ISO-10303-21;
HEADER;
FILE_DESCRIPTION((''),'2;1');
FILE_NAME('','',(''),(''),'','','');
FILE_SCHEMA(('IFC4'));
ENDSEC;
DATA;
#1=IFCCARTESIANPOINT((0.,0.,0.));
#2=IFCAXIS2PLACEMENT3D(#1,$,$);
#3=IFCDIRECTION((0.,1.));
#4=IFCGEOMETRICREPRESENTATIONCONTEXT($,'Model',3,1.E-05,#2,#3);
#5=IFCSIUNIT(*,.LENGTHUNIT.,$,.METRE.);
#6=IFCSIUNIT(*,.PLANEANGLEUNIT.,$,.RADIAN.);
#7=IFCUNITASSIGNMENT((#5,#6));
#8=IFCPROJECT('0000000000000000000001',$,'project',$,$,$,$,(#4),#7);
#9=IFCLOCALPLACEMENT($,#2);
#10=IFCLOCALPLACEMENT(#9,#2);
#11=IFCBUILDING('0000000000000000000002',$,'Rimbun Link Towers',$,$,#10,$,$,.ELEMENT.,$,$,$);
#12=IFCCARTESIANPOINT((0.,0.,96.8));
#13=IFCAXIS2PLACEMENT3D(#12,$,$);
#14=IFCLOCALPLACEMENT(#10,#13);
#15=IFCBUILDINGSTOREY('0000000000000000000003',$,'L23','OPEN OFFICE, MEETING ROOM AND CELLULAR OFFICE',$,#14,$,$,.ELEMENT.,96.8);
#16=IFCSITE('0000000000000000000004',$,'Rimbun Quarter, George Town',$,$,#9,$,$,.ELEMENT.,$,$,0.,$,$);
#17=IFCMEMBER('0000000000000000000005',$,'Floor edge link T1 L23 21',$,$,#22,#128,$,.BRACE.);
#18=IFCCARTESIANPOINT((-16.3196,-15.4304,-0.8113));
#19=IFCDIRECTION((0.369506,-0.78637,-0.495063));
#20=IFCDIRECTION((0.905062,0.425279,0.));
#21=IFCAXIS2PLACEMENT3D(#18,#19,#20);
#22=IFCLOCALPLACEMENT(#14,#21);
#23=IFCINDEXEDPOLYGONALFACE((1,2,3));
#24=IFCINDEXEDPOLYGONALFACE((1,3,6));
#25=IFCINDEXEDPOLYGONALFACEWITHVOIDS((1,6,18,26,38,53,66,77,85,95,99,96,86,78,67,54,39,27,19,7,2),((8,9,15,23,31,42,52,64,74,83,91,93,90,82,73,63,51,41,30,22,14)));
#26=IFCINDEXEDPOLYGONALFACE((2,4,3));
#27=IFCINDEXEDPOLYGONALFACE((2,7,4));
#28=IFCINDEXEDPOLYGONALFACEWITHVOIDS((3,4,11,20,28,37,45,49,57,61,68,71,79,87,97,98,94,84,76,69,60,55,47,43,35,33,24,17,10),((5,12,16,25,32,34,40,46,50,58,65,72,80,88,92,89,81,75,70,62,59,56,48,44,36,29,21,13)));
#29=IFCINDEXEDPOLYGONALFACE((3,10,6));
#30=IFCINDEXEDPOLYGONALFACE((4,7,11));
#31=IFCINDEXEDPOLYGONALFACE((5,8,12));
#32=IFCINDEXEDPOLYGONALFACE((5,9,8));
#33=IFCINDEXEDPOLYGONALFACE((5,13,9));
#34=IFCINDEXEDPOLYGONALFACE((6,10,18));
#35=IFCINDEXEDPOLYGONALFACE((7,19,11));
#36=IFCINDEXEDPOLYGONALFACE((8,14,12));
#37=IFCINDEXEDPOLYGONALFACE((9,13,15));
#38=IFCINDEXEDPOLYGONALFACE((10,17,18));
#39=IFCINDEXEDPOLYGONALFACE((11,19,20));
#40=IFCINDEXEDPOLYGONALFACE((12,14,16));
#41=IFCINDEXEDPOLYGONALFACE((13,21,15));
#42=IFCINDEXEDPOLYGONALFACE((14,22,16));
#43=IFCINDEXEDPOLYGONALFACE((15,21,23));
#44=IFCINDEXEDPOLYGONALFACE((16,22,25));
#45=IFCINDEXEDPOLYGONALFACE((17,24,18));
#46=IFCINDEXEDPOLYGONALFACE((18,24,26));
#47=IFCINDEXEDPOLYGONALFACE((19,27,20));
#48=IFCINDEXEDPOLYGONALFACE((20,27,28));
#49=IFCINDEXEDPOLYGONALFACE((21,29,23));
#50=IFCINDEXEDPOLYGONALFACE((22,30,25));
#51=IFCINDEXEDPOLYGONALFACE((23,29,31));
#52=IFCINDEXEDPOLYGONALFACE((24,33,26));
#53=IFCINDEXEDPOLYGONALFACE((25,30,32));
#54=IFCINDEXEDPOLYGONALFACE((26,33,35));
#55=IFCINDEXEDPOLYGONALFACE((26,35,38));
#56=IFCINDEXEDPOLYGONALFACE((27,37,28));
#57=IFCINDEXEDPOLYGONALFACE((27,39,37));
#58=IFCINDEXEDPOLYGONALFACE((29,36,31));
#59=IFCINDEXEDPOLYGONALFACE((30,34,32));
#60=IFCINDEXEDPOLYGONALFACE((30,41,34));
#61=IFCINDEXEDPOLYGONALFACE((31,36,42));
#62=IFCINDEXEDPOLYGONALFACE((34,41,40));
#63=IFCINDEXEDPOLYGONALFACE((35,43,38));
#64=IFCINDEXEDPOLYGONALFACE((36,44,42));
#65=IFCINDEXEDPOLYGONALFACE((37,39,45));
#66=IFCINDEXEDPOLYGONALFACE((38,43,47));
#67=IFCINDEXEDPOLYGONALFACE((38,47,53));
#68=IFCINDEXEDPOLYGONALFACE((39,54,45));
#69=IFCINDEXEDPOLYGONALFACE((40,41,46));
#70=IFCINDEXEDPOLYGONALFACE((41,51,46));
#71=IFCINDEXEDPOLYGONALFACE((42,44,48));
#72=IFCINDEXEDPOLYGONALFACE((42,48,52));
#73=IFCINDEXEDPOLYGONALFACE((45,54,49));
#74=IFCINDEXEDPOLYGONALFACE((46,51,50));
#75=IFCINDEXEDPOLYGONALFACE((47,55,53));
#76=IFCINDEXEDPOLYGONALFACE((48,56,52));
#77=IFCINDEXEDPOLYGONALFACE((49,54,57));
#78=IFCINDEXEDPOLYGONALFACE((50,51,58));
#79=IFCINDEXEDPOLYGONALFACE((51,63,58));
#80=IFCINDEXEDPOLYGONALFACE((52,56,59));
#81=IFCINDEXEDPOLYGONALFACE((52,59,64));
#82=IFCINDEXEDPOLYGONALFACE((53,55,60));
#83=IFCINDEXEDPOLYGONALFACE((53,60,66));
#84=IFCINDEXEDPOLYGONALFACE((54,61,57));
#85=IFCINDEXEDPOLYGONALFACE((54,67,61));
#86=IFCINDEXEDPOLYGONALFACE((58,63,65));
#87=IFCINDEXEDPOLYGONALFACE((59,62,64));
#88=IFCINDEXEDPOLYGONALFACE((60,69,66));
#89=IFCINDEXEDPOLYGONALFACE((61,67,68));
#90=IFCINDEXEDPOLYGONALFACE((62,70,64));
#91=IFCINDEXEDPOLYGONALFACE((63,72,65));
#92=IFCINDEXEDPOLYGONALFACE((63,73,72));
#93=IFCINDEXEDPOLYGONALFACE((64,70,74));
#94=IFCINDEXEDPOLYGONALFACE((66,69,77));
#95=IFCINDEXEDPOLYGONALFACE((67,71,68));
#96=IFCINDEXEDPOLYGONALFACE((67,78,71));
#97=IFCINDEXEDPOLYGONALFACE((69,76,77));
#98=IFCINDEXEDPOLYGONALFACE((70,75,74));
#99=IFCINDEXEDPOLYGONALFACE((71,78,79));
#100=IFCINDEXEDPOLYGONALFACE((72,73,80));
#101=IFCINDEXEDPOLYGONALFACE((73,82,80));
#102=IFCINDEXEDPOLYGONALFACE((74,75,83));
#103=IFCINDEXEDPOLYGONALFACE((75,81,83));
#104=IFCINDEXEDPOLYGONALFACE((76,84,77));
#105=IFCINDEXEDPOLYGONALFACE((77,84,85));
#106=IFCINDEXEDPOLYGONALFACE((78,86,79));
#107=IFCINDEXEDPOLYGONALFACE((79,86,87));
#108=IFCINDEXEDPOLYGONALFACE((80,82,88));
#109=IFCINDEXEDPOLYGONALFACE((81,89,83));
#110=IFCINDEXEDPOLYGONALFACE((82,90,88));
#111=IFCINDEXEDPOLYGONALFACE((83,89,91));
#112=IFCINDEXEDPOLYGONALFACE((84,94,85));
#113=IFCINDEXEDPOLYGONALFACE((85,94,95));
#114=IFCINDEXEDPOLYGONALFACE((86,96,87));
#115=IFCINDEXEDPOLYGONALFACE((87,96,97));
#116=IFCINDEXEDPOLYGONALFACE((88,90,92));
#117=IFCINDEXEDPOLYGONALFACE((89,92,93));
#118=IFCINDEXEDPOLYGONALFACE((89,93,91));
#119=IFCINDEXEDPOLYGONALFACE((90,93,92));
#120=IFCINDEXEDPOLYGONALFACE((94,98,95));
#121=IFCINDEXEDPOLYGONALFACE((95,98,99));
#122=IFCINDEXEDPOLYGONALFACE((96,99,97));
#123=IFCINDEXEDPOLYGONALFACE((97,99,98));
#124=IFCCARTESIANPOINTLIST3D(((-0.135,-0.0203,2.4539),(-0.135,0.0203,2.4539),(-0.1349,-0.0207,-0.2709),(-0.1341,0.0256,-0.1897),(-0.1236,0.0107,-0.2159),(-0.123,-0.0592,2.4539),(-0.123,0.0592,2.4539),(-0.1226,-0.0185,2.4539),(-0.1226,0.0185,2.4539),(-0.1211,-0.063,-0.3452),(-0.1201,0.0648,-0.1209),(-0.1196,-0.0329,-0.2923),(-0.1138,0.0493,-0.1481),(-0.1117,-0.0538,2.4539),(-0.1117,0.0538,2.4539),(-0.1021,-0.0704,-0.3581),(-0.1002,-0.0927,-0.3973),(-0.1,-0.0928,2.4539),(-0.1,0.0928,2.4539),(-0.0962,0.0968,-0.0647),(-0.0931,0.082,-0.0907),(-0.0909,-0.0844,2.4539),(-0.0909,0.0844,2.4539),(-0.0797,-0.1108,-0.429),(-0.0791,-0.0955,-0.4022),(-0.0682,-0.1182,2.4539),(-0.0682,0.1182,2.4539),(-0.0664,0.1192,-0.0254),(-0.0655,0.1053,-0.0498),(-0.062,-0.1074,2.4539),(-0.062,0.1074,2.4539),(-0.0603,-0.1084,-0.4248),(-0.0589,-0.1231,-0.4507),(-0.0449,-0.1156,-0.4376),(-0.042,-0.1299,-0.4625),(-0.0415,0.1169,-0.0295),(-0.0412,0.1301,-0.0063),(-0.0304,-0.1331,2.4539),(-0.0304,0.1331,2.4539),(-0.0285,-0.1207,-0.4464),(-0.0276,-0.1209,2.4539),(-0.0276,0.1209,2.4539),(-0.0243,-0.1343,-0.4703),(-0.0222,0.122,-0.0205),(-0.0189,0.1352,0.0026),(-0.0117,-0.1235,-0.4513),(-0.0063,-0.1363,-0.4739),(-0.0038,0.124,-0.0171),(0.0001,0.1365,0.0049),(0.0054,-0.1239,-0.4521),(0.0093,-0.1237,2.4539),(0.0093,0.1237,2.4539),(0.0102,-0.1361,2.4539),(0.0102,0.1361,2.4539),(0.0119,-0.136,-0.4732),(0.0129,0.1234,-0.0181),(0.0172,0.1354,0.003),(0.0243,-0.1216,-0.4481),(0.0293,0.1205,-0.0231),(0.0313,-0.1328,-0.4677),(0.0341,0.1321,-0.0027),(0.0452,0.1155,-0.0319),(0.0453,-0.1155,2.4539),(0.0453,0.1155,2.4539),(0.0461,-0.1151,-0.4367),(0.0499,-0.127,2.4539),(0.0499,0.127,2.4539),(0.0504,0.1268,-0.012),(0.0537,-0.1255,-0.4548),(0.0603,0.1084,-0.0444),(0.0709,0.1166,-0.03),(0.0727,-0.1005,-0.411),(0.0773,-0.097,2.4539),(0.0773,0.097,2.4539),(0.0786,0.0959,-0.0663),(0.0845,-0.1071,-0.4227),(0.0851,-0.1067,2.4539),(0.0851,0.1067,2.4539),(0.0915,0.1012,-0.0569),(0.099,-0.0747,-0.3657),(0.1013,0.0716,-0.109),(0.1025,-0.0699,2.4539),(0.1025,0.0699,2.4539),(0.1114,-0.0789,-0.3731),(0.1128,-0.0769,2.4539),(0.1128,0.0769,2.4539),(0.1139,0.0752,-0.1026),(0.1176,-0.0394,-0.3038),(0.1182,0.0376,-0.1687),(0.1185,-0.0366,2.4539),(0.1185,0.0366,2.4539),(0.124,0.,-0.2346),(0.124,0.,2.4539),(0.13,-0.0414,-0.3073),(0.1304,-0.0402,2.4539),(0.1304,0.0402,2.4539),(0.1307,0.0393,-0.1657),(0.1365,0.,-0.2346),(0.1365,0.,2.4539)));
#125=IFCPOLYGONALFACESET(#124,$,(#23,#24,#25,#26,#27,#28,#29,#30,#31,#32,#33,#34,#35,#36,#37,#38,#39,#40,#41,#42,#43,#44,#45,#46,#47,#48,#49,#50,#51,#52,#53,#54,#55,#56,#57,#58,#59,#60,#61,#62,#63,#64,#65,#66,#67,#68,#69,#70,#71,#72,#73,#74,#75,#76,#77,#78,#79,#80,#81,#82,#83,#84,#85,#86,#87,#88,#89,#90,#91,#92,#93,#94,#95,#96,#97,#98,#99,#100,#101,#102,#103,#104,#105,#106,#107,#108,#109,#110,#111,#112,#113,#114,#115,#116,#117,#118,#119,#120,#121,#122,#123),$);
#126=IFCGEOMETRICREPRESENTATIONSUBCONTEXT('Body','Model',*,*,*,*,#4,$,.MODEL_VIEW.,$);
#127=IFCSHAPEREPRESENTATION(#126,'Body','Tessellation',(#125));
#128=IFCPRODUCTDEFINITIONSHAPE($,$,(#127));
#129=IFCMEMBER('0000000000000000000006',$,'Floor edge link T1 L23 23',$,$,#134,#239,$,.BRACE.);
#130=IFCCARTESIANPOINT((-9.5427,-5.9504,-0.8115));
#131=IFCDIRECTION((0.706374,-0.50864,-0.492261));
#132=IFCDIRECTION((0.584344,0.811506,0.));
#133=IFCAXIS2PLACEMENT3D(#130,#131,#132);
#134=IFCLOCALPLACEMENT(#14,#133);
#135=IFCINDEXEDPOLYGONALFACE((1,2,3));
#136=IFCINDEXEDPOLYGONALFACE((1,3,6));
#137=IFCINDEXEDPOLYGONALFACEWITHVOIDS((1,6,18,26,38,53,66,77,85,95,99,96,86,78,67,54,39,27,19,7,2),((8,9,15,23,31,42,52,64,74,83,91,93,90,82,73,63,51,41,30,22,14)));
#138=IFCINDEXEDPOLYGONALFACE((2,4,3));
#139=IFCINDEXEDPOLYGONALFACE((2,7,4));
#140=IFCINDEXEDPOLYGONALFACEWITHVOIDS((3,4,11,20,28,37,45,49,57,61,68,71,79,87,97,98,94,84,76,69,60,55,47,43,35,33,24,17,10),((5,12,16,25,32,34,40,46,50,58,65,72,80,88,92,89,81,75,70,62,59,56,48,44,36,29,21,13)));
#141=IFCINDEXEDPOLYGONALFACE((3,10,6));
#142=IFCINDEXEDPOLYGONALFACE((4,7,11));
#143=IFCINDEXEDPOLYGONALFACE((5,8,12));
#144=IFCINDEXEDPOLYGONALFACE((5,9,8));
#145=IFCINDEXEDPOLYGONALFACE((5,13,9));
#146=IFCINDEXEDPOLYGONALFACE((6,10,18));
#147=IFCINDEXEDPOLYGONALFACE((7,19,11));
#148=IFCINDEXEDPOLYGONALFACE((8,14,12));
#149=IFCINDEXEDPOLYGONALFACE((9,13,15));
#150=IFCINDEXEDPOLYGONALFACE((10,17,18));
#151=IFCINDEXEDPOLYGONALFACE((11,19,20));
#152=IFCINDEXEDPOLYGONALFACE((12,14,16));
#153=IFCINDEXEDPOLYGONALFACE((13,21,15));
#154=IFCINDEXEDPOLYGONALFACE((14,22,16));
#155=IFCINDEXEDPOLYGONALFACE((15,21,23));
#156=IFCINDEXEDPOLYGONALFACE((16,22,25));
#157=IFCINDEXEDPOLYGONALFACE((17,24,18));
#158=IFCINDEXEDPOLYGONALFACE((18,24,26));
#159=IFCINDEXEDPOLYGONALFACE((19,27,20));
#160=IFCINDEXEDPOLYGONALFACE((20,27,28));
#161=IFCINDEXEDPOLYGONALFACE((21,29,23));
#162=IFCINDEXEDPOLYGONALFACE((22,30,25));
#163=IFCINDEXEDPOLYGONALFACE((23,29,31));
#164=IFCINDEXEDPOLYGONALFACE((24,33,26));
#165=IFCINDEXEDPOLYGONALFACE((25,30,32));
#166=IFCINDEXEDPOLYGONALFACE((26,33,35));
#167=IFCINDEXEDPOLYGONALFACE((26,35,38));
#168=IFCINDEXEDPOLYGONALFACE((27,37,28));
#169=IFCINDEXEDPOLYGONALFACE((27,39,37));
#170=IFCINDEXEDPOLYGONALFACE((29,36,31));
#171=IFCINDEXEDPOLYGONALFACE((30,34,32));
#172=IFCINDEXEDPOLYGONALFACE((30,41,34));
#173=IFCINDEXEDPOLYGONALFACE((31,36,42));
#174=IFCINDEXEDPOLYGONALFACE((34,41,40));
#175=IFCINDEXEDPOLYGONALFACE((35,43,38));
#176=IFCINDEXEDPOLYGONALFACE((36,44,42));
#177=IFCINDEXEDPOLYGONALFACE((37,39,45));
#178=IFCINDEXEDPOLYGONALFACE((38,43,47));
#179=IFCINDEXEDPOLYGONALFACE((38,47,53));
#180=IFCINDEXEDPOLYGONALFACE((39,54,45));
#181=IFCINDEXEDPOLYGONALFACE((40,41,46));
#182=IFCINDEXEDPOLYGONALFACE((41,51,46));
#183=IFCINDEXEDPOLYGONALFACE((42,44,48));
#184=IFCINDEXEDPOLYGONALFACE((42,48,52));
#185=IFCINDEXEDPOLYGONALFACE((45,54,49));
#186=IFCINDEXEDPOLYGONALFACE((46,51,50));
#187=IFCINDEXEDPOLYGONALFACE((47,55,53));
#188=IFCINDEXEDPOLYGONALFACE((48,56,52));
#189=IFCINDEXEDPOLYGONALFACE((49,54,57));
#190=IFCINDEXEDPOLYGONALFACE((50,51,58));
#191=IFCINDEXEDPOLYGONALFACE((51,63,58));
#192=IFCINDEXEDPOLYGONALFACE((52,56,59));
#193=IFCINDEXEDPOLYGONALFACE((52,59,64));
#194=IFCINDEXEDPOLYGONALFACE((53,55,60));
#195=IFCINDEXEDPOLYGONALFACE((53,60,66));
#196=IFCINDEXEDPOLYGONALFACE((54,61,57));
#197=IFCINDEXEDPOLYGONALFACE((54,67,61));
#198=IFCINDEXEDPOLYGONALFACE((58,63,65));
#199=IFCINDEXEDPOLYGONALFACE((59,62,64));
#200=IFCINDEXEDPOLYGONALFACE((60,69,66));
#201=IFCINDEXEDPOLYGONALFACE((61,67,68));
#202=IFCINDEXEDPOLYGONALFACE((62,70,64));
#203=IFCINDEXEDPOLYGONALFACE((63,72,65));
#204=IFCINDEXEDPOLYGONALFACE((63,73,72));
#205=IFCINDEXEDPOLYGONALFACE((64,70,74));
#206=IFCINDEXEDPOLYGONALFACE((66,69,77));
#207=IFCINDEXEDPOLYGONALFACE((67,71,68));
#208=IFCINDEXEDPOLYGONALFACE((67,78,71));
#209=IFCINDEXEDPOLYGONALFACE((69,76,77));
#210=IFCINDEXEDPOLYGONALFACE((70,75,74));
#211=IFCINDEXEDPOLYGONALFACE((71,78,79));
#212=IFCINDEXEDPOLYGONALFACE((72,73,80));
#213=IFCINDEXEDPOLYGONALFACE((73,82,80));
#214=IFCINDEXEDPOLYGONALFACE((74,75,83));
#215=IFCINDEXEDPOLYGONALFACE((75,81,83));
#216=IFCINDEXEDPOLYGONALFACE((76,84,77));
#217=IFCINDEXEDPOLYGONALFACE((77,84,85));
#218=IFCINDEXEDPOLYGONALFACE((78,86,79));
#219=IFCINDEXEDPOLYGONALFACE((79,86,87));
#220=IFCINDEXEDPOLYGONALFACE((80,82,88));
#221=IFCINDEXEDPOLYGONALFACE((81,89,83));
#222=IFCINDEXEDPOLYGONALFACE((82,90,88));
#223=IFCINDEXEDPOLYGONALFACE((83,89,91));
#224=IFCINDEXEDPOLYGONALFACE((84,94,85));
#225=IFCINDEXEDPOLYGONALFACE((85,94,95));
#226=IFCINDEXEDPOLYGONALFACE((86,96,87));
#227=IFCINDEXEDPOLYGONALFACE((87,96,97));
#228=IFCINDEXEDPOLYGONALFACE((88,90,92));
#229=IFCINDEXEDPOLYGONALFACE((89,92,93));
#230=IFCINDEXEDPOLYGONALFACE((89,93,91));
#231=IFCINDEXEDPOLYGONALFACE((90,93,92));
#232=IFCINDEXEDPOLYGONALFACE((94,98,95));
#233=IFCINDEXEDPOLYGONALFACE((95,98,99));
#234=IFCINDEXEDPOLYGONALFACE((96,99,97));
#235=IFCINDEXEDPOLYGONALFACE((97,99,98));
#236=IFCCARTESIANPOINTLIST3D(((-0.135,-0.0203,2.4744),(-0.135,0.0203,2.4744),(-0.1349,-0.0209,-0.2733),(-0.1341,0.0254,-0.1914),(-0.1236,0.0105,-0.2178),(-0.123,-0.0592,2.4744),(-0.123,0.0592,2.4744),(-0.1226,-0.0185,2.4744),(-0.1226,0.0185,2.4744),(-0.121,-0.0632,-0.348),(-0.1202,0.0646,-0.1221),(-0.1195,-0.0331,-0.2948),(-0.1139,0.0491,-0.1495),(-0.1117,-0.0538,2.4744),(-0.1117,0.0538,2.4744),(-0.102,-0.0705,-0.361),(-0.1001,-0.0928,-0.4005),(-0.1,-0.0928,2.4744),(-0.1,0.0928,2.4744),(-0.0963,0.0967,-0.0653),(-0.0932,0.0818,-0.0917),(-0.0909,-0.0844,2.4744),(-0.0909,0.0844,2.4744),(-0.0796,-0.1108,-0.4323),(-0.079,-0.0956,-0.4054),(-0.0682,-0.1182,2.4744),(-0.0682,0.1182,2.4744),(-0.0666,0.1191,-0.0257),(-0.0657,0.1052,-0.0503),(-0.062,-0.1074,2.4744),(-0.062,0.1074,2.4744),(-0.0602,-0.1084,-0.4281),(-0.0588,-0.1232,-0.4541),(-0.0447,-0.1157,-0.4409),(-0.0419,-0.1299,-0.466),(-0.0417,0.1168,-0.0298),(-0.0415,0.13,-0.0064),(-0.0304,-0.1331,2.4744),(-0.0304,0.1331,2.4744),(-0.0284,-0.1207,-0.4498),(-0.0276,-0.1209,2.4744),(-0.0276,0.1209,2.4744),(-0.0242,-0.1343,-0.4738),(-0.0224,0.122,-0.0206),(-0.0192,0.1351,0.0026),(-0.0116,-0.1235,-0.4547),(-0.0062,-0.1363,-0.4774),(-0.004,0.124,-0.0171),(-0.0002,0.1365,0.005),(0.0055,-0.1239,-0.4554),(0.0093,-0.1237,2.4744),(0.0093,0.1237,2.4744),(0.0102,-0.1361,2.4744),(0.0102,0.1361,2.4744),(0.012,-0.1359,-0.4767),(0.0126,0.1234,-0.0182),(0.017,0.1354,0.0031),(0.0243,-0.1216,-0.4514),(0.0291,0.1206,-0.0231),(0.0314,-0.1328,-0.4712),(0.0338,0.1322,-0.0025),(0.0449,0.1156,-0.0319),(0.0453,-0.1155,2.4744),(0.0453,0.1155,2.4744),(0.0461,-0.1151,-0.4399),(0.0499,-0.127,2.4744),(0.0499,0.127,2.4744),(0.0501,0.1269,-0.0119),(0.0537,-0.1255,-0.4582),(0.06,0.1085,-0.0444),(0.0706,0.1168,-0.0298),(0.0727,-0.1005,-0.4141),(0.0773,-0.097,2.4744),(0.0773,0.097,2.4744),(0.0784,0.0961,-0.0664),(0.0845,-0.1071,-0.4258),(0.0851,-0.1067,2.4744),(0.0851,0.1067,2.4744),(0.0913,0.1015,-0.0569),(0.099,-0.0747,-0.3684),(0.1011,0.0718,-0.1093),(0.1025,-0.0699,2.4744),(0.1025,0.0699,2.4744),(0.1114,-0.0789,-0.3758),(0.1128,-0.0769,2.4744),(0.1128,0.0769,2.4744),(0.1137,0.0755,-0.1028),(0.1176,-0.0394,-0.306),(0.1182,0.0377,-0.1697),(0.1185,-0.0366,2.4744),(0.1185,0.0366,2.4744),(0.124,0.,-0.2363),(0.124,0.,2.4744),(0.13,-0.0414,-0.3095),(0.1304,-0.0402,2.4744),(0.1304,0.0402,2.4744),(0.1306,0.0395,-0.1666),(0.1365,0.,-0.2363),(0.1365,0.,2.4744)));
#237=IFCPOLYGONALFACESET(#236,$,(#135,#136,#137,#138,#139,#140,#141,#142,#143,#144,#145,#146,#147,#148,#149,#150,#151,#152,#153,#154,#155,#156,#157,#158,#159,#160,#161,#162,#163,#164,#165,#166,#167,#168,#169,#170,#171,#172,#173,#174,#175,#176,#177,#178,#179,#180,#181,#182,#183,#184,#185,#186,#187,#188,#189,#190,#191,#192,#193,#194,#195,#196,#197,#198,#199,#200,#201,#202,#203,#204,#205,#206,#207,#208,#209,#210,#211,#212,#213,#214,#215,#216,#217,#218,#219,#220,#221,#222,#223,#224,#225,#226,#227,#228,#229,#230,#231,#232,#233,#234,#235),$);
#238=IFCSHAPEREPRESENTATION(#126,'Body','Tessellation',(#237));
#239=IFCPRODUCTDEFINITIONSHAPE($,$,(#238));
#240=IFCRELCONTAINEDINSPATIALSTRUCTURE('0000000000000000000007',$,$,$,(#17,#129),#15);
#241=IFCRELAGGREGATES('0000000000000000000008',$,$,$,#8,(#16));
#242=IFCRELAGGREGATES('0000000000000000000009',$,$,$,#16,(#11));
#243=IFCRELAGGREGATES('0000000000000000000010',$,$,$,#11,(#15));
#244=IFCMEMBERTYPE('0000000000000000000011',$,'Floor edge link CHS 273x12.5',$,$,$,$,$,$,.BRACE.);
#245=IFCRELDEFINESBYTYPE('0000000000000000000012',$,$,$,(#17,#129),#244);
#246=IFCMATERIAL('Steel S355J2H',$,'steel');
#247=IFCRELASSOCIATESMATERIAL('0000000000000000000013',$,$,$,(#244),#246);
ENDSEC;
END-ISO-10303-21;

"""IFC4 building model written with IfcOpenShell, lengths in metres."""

from ifc_helpers import new_model, si_unit, direction, frame, origin, origin_2d, place, context, subcontext, project, spatial, hollow_circle, extrude, clip, halfspace, material, material_profile, profile_set, type_object, element, save


model = new_model("IFC4")

# Units and contexts
model_context = context("Model", 3, precision=1e-05, world=origin(), true_north=direction((0.0, 1.0)))
body_context = subcontext(model_context, "Body", "Model", "MODEL_VIEW")
ifc_project = project(units=[si_unit("LENGTHUNIT", "METRE"), si_unit("PLANEANGLEUNIT", "RADIAN")], contexts=[model_context])

# Site, building, storey
site_placement = place(None, origin())
site = spatial("IfcSite", under=ifc_project, at=site_placement, Name="Rimbun Quarter, George Town", CompositionType="ELEMENT", RefElevation=0.0)
building_placement = place(site_placement, origin())
building = spatial("IfcBuilding", under=site, at=building_placement, Name="Rimbun Link Towers", CompositionType="ELEMENT")
storey_placement = place(building_placement, frame((0.0, 0.0, 96.8)))
storey = spatial("IfcBuildingStorey", under=building, at=storey_placement, Name="L23", Description="OPEN OFFICE, MEETING ROOM AND CELLULAR OFFICE", CompositionType="ELEMENT", Elevation=96.8)

# Members
ifc_material_1 = material(Name="Steel S355J2H", Category="steel")
ifc_material_profile_1 = material_profile(ifc_material_1, hollow_circle(Radius=0.1365, WallThickness=0.0125, at=origin_2d()), Name="CHS 273x12.5")
ifc_profile_set_1 = profile_set([ifc_material_profile_1], Name="Steel S355J2H")
member_type_1 = type_object("IfcMemberType", Name="Floor edge link CHS 273x12.5", PredefinedType="BRACE", material=ifc_profile_set_1)
member_1_placement = place(storey_placement, frame((-16.3196, -15.4304, -0.8113), z_axis=(0.369506, -0.78637, -0.495063), x_axis=(0.905062, 0.425279, 0.0)))
element("IfcMember", 1, at=member_1_placement, inside=storey, type_object=member_type_1, Name="Floor edge link T1 L23 21", PredefinedType="BRACE", context=body_context, shape_type="Clipping", body=[
    clip(extrude(hollow_circle(Radius=0.1365, WallThickness=0.0125, at=origin_2d()), frame((0.0, 0.0, -0.4993)), (0.0, 0.0, 1.0), 2.9531), halfspace(frame((0.0, 0.0, -0.2346), z_axis=(0.0, 0.868857, -0.495063)), False)),
])
member_2_placement = place(storey_placement, frame((-9.5427, -5.9504, -0.8115), z_axis=(0.706374, -0.50864, -0.492261), x_axis=(0.584344, 0.811506, 0.0)))
element("IfcMember", 2, at=member_2_placement, inside=storey, type_object=member_type_1, Name="Floor edge link T1 L23 23", PredefinedType="BRACE", context=body_context, shape_type="Clipping", body=[
    clip(extrude(hollow_circle(Radius=0.1365, WallThickness=0.0125, at=origin_2d()), frame((0.0, 0.0, -0.5029)), (0.0, 0.0, 1.0), 2.9773), halfspace(frame((0.0, 0.0, -0.2363), z_axis=(0.0, 0.870447, -0.492261)), False)),
])

save(model, "model.ifc")
